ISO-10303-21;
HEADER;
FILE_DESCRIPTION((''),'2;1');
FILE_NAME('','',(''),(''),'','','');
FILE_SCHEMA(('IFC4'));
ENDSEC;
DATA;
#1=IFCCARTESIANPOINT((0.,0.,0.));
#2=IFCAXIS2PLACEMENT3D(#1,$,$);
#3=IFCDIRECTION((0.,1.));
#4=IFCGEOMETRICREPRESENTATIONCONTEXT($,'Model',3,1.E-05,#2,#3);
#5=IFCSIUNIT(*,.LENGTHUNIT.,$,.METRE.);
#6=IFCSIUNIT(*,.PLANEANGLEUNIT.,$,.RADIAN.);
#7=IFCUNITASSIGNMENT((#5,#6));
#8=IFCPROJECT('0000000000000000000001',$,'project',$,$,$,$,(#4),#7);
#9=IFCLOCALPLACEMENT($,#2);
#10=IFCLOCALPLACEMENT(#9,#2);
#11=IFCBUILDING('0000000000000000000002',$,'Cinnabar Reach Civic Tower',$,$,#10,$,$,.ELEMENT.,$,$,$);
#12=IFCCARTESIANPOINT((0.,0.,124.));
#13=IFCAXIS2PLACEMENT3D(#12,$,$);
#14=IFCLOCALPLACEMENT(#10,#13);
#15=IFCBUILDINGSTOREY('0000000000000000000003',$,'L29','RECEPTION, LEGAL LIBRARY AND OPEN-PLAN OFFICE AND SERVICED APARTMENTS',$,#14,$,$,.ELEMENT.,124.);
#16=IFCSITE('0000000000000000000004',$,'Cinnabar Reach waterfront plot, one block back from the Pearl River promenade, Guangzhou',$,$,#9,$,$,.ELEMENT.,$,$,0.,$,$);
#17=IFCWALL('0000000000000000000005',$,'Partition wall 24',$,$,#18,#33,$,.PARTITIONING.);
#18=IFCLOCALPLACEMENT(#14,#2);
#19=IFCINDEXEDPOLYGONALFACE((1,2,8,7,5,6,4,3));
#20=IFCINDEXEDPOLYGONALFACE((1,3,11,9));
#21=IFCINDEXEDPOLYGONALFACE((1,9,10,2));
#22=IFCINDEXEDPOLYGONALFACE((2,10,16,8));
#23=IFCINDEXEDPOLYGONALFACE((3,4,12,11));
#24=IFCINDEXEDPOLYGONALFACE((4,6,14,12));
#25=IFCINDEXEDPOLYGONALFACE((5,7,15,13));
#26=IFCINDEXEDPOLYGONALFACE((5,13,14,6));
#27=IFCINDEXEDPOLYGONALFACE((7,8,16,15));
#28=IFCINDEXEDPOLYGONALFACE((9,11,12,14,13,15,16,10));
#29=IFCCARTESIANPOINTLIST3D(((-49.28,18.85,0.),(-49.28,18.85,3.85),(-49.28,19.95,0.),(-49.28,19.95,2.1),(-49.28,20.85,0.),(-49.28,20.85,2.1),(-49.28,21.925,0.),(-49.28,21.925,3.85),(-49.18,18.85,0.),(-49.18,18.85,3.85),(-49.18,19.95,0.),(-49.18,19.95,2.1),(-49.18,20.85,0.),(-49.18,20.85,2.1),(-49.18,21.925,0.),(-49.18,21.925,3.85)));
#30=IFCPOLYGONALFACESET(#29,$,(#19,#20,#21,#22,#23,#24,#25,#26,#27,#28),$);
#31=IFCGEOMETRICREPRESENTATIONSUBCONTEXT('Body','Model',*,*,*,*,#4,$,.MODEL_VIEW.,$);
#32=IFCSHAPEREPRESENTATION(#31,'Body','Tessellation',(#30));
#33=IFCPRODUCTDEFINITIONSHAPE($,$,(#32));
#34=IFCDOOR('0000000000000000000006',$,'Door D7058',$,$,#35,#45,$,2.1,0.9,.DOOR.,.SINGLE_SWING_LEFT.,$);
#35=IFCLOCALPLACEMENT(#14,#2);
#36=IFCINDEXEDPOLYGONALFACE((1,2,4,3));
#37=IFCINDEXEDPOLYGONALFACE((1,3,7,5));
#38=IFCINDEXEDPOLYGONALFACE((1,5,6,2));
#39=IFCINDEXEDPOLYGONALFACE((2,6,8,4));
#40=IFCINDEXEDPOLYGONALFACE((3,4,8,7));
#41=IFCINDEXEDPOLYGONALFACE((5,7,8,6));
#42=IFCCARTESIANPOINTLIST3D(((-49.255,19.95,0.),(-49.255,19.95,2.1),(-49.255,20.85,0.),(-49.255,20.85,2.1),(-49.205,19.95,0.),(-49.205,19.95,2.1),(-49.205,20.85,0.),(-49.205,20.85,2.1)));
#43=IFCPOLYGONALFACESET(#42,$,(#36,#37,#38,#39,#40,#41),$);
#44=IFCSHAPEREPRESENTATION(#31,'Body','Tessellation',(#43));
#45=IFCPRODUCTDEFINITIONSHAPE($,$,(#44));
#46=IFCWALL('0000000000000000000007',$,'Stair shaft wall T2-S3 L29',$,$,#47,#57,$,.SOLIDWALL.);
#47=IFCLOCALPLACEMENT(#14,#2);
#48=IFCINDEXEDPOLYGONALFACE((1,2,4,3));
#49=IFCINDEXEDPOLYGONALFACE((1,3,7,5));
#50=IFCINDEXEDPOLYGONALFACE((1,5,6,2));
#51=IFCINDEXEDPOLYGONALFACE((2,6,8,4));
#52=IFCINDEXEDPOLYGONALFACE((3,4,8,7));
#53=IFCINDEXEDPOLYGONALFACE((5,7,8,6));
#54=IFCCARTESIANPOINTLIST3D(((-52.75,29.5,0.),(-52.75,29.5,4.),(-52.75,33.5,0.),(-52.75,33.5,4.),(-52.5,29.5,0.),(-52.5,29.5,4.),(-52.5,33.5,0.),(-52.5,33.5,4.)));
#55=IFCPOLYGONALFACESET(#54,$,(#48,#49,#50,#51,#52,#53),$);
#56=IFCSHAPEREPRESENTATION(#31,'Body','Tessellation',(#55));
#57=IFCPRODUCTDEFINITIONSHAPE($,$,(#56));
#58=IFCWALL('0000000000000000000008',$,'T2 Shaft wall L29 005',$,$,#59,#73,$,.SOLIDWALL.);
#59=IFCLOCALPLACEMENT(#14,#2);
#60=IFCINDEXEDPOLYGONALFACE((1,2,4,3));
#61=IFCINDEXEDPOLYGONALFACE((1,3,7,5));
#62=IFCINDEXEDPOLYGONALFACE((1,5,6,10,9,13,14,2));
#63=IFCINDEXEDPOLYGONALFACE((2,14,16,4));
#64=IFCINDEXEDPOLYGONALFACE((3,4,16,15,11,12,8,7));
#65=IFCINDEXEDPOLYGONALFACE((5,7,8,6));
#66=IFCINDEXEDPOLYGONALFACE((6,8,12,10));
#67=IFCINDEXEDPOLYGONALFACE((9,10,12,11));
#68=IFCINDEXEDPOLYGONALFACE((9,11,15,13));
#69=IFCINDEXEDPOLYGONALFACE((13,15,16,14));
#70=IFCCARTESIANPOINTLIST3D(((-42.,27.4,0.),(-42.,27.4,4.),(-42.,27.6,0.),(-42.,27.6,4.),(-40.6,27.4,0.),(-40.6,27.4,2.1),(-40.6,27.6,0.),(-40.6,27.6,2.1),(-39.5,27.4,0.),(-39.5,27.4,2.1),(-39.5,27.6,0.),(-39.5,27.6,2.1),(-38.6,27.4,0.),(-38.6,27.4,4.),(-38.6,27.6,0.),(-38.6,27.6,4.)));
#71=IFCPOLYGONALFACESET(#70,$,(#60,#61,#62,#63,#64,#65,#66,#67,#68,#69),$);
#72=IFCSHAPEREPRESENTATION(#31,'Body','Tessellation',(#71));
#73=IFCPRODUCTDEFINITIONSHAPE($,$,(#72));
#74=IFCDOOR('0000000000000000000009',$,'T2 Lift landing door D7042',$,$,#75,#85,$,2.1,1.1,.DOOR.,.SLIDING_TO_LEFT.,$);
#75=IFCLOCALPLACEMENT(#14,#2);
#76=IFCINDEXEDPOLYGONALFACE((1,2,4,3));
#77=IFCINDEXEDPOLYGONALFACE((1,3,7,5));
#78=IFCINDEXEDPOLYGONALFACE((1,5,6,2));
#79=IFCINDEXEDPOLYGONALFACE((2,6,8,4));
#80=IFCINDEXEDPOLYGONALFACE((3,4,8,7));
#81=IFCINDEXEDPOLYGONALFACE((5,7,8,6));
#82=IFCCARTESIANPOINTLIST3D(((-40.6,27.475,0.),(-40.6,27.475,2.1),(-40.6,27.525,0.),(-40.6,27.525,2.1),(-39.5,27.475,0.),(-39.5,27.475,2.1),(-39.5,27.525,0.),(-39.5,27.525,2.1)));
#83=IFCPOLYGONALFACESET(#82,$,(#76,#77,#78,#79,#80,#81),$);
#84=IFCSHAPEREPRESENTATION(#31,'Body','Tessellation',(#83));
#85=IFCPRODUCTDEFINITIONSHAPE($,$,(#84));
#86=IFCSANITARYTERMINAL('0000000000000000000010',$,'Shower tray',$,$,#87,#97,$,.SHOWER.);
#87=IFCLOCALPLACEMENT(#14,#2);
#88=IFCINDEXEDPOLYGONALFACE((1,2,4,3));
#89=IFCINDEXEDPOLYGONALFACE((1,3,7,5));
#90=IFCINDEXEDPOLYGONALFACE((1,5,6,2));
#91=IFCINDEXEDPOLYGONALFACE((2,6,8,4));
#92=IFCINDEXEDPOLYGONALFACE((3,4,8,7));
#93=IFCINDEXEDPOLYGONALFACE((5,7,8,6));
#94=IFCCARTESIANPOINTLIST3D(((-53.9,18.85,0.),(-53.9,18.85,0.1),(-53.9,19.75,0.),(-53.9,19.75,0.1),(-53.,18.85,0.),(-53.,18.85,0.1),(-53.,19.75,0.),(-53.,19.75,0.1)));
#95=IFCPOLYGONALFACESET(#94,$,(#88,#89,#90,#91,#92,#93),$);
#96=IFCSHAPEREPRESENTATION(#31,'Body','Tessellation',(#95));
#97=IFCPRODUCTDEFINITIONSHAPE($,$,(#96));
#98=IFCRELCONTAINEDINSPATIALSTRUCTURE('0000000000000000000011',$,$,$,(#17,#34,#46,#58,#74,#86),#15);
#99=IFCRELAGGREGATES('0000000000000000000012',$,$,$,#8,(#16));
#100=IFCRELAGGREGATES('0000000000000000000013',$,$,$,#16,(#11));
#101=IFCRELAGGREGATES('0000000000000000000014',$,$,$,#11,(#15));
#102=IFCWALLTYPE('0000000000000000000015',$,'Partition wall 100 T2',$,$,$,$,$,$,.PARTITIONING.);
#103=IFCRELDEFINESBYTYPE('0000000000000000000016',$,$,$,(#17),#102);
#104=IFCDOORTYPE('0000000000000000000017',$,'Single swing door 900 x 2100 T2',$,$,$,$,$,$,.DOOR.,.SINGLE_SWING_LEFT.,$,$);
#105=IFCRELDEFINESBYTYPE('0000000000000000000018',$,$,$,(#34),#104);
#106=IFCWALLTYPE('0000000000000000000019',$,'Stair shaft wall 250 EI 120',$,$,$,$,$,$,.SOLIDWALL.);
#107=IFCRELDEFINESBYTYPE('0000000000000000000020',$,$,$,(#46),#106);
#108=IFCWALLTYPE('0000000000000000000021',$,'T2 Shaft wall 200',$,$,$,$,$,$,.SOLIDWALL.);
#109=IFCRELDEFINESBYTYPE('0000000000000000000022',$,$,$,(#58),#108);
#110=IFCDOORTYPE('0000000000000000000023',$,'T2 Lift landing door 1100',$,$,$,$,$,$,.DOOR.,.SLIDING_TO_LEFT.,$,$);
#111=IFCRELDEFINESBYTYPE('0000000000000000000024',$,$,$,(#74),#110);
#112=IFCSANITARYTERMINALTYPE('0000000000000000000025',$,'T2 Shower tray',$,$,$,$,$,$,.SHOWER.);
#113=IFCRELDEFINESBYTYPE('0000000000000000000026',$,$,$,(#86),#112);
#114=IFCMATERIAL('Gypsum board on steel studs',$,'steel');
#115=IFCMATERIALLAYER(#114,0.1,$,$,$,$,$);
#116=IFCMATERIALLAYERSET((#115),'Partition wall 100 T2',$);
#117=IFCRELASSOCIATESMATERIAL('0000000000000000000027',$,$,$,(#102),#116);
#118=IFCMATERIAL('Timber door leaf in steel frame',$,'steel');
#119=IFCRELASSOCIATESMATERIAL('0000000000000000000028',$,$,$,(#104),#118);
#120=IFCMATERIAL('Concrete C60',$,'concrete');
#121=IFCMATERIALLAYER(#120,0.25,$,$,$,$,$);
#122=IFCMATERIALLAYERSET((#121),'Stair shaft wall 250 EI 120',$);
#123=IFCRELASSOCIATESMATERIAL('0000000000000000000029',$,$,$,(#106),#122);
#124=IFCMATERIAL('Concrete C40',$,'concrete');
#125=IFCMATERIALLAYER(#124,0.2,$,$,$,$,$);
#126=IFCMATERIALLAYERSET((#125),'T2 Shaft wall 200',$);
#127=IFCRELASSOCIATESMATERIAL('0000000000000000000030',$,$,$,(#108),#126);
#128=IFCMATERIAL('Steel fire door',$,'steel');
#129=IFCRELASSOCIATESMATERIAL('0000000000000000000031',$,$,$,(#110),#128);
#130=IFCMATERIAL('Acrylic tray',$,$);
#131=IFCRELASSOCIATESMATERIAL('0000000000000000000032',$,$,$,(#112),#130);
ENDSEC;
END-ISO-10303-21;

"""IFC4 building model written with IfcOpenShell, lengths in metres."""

from ifc_helpers import new_model, si_unit, direction, frame, frame_2d, origin, origin_2d, place, context, subcontext, project, spatial, rectangle, extrude, material, layer, layer_set, type_object, element, fill, save


model = new_model("IFC4")

# Units and contexts
model_context = context("Model", 3, precision=1e-05, world=origin(), true_north=direction((0.0, 1.0)))
body_context = subcontext(model_context, "Body", "Model", "MODEL_VIEW")
ifc_project = project(units=[si_unit("LENGTHUNIT", "METRE"), si_unit("PLANEANGLEUNIT", "RADIAN")], contexts=[model_context])

# Site, building, storey
site_placement = place(None, origin())
site = spatial("IfcSite", under=ifc_project, at=site_placement, Name="Cinnabar Reach waterfront plot, one block back from the Pearl River promenade, Guangzhou", CompositionType="ELEMENT", RefElevation=0.0)
building_placement = place(site_placement, origin())
building = spatial("IfcBuilding", under=site, at=building_placement, Name="Cinnabar Reach Civic Tower", CompositionType="ELEMENT")
storey_placement = place(building_placement, frame((0.0, 0.0, 124.0)))
storey = spatial("IfcBuildingStorey", under=building, at=storey_placement, Name="L29", Description="RECEPTION, LEGAL LIBRARY AND OPEN-PLAN OFFICE AND SERVICED APARTMENTS", CompositionType="ELEMENT", Elevation=124.0)

# Shared definitions
ifc_material_1 = material(Name="Concrete C60", Category="concrete")

# Shared definitions
ifc_material_2 = material(Name="Steel fire door", Category="steel")

# Shared definitions
ifc_material_3 = material(Name="Gypsum board on steel studs", Category="steel")
ifc_layer_1 = layer(ifc_material_3, 0.1)
ifc_layer_set_1 = layer_set([ifc_layer_1], Name="Partition wall 100 T2")
wall_type_1 = type_object("IfcWallType", Name="Partition wall 100 T2", PredefinedType="PARTITIONING", material=ifc_layer_set_1)

# Wall, opening, door
wall_1_placement = place(storey_placement, frame((-49.23, 18.85, 0.0), z_axis=(0.0, 0.0, 1.0), x_axis=(0.0, 1.0, 0.0)))
wall_1 = element("IfcWall", 1, at=wall_1_placement, inside=storey, type_object=wall_type_1, Name="Partition wall 24", PredefinedType="PARTITIONING", context=body_context, shape_type="SweptSolid", body=[
    extrude(rectangle(XDim=3.075, YDim=0.1, at=frame_2d((1.5375, 0.0))), origin(), (0.0, 0.0, 1.0), 3.85),
])
opening_1_placement = place(wall_1_placement, frame((1.1, 0.0, 0.0)))
opening_1 = element("IfcOpeningElement", 2, at=opening_1_placement, cuts=wall_1, PredefinedType="OPENING", context=body_context, shape_type="SweptSolid", body=[
    extrude(rectangle(XDim=0.9, YDim=2.1, at=frame_2d((0.45, 1.05))), frame((0.0, 0.06, 0.0), z_axis=(0.0, -1.0, 0.0), x_axis=(1.0, 0.0, 0.0)), (0.0, 0.0, 1.0), 0.12),
])
ifc_material_4 = material(Name="Timber door leaf in steel frame", Category="steel")
door_type_1 = type_object("IfcDoorType", Name="Single swing door 900 x 2100 T2", OperationType="SINGLE_SWING_LEFT", PredefinedType="DOOR", material=ifc_material_4)
door_1_placement = place(opening_1_placement, origin())
door_1 = element("IfcDoor", 3, at=door_1_placement, inside=storey, type_object=door_type_1, Name="Door D7058", OperationType="SINGLE_SWING_LEFT", OverallHeight=2.1, OverallWidth=0.9, PredefinedType="DOOR", context=body_context, shape_type="SweptSolid", body=[
    extrude(rectangle(XDim=0.9, YDim=2.1, at=frame_2d((0.45, 1.05))), frame((0.0, 0.025, 0.0), z_axis=(0.0, -1.0, 0.0), x_axis=(1.0, 0.0, 0.0)), (0.0, 0.0, 1.0), 0.05),
])
fill(opening_1, door_1)

# Wall
ifc_layer_2 = layer(ifc_material_1, 0.25)
ifc_layer_set_2 = layer_set([ifc_layer_2], Name="Stair shaft wall 250 EI 120")
wall_type_2 = type_object("IfcWallType", Name="Stair shaft wall 250 EI 120", PredefinedType="SOLIDWALL", material=ifc_layer_set_2)
wall_2_placement = place(storey_placement, frame((-52.625, 29.5, 0.0), z_axis=(0.0, 0.0, 1.0), x_axis=(0.0, 1.0, 0.0)))
element("IfcWall", 4, at=wall_2_placement, inside=storey, type_object=wall_type_2, Name="Stair shaft wall T2-S3 L29", PredefinedType="SOLIDWALL", context=body_context, shape_type="SweptSolid", body=[
    extrude(rectangle(XDim=4.0, YDim=0.25, at=frame_2d((2.0, 0.0))), origin(), (0.0, 0.0, 1.0), 4.0),
])

# Wall, opening, door
ifc_material_5 = material(Name="Concrete C40", Category="concrete")
ifc_layer_3 = layer(ifc_material_5, 0.2)
ifc_layer_set_3 = layer_set([ifc_layer_3], Name="T2 Shaft wall 200")
wall_type_3 = type_object("IfcWallType", Name="T2 Shaft wall 200", PredefinedType="SOLIDWALL", material=ifc_layer_set_3)
wall_3_placement = place(storey_placement, frame((-42.0, 27.5, 0.0), z_axis=(0.0, 0.0, 1.0), x_axis=(1.0, 0.0, 0.0)))
wall_3 = element("IfcWall", 5, at=wall_3_placement, inside=storey, type_object=wall_type_3, Name="T2 Shaft wall L29 005", PredefinedType="SOLIDWALL", context=body_context, shape_type="SweptSolid", body=[
    extrude(rectangle(XDim=3.4, YDim=0.2, at=frame_2d((1.7, 0.0))), origin(), (0.0, 0.0, 1.0), 4.0),
])
opening_2_placement = place(wall_3_placement, frame((1.4, 0.0, 0.0)))
opening_2 = element("IfcOpeningElement", 6, at=opening_2_placement, cuts=wall_3, PredefinedType="OPENING", context=body_context, shape_type="SweptSolid", body=[
    extrude(rectangle(XDim=1.1, YDim=2.1, at=frame_2d((0.55, 1.05))), frame((0.0, 0.11, 0.0), z_axis=(0.0, -1.0, 0.0), x_axis=(1.0, 0.0, 0.0)), (0.0, 0.0, 1.0), 0.22),
])
door_type_2 = type_object("IfcDoorType", Name="T2 Lift landing door 1100", OperationType="SLIDING_TO_LEFT", PredefinedType="DOOR", material=ifc_material_2)
door_2_placement = place(opening_2_placement, origin())
door_2 = element("IfcDoor", 7, at=door_2_placement, inside=storey, type_object=door_type_2, Name="T2 Lift landing door D7042", OperationType="SLIDING_TO_LEFT", OverallHeight=2.1, OverallWidth=1.1, PredefinedType="DOOR", context=body_context, shape_type="SweptSolid", body=[
    extrude(rectangle(XDim=1.1, YDim=2.1, at=frame_2d((0.55, 1.05))), frame((0.0, 0.025, 0.0), z_axis=(0.0, -1.0, 0.0), x_axis=(1.0, 0.0, 0.0)), (0.0, 0.0, 1.0), 0.05),
])
fill(opening_2, door_2)

# Sanitary terminal
ifc_material_6 = material(Name="Acrylic tray")
sanitary_terminal_type = type_object("IfcSanitaryTerminalType", Name="T2 Shower tray", PredefinedType="SHOWER", material=ifc_material_6)
sanitary_terminal_placement = place(storey_placement, frame((-53.45, 19.3, 0.0), z_axis=(0.0, 0.0, 1.0), x_axis=(1.0, 0.0, 0.0)))
element("IfcSanitaryTerminal", 8, at=sanitary_terminal_placement, inside=storey, type_object=sanitary_terminal_type, Name="Shower tray", PredefinedType="SHOWER", context=body_context, shape_type="SweptSolid", body=[
    extrude(rectangle(XDim=0.9, YDim=0.9, at=origin_2d()), origin(), (0.0, 0.0, 1.0), 0.1),
])

save(model, "model.ifc")
